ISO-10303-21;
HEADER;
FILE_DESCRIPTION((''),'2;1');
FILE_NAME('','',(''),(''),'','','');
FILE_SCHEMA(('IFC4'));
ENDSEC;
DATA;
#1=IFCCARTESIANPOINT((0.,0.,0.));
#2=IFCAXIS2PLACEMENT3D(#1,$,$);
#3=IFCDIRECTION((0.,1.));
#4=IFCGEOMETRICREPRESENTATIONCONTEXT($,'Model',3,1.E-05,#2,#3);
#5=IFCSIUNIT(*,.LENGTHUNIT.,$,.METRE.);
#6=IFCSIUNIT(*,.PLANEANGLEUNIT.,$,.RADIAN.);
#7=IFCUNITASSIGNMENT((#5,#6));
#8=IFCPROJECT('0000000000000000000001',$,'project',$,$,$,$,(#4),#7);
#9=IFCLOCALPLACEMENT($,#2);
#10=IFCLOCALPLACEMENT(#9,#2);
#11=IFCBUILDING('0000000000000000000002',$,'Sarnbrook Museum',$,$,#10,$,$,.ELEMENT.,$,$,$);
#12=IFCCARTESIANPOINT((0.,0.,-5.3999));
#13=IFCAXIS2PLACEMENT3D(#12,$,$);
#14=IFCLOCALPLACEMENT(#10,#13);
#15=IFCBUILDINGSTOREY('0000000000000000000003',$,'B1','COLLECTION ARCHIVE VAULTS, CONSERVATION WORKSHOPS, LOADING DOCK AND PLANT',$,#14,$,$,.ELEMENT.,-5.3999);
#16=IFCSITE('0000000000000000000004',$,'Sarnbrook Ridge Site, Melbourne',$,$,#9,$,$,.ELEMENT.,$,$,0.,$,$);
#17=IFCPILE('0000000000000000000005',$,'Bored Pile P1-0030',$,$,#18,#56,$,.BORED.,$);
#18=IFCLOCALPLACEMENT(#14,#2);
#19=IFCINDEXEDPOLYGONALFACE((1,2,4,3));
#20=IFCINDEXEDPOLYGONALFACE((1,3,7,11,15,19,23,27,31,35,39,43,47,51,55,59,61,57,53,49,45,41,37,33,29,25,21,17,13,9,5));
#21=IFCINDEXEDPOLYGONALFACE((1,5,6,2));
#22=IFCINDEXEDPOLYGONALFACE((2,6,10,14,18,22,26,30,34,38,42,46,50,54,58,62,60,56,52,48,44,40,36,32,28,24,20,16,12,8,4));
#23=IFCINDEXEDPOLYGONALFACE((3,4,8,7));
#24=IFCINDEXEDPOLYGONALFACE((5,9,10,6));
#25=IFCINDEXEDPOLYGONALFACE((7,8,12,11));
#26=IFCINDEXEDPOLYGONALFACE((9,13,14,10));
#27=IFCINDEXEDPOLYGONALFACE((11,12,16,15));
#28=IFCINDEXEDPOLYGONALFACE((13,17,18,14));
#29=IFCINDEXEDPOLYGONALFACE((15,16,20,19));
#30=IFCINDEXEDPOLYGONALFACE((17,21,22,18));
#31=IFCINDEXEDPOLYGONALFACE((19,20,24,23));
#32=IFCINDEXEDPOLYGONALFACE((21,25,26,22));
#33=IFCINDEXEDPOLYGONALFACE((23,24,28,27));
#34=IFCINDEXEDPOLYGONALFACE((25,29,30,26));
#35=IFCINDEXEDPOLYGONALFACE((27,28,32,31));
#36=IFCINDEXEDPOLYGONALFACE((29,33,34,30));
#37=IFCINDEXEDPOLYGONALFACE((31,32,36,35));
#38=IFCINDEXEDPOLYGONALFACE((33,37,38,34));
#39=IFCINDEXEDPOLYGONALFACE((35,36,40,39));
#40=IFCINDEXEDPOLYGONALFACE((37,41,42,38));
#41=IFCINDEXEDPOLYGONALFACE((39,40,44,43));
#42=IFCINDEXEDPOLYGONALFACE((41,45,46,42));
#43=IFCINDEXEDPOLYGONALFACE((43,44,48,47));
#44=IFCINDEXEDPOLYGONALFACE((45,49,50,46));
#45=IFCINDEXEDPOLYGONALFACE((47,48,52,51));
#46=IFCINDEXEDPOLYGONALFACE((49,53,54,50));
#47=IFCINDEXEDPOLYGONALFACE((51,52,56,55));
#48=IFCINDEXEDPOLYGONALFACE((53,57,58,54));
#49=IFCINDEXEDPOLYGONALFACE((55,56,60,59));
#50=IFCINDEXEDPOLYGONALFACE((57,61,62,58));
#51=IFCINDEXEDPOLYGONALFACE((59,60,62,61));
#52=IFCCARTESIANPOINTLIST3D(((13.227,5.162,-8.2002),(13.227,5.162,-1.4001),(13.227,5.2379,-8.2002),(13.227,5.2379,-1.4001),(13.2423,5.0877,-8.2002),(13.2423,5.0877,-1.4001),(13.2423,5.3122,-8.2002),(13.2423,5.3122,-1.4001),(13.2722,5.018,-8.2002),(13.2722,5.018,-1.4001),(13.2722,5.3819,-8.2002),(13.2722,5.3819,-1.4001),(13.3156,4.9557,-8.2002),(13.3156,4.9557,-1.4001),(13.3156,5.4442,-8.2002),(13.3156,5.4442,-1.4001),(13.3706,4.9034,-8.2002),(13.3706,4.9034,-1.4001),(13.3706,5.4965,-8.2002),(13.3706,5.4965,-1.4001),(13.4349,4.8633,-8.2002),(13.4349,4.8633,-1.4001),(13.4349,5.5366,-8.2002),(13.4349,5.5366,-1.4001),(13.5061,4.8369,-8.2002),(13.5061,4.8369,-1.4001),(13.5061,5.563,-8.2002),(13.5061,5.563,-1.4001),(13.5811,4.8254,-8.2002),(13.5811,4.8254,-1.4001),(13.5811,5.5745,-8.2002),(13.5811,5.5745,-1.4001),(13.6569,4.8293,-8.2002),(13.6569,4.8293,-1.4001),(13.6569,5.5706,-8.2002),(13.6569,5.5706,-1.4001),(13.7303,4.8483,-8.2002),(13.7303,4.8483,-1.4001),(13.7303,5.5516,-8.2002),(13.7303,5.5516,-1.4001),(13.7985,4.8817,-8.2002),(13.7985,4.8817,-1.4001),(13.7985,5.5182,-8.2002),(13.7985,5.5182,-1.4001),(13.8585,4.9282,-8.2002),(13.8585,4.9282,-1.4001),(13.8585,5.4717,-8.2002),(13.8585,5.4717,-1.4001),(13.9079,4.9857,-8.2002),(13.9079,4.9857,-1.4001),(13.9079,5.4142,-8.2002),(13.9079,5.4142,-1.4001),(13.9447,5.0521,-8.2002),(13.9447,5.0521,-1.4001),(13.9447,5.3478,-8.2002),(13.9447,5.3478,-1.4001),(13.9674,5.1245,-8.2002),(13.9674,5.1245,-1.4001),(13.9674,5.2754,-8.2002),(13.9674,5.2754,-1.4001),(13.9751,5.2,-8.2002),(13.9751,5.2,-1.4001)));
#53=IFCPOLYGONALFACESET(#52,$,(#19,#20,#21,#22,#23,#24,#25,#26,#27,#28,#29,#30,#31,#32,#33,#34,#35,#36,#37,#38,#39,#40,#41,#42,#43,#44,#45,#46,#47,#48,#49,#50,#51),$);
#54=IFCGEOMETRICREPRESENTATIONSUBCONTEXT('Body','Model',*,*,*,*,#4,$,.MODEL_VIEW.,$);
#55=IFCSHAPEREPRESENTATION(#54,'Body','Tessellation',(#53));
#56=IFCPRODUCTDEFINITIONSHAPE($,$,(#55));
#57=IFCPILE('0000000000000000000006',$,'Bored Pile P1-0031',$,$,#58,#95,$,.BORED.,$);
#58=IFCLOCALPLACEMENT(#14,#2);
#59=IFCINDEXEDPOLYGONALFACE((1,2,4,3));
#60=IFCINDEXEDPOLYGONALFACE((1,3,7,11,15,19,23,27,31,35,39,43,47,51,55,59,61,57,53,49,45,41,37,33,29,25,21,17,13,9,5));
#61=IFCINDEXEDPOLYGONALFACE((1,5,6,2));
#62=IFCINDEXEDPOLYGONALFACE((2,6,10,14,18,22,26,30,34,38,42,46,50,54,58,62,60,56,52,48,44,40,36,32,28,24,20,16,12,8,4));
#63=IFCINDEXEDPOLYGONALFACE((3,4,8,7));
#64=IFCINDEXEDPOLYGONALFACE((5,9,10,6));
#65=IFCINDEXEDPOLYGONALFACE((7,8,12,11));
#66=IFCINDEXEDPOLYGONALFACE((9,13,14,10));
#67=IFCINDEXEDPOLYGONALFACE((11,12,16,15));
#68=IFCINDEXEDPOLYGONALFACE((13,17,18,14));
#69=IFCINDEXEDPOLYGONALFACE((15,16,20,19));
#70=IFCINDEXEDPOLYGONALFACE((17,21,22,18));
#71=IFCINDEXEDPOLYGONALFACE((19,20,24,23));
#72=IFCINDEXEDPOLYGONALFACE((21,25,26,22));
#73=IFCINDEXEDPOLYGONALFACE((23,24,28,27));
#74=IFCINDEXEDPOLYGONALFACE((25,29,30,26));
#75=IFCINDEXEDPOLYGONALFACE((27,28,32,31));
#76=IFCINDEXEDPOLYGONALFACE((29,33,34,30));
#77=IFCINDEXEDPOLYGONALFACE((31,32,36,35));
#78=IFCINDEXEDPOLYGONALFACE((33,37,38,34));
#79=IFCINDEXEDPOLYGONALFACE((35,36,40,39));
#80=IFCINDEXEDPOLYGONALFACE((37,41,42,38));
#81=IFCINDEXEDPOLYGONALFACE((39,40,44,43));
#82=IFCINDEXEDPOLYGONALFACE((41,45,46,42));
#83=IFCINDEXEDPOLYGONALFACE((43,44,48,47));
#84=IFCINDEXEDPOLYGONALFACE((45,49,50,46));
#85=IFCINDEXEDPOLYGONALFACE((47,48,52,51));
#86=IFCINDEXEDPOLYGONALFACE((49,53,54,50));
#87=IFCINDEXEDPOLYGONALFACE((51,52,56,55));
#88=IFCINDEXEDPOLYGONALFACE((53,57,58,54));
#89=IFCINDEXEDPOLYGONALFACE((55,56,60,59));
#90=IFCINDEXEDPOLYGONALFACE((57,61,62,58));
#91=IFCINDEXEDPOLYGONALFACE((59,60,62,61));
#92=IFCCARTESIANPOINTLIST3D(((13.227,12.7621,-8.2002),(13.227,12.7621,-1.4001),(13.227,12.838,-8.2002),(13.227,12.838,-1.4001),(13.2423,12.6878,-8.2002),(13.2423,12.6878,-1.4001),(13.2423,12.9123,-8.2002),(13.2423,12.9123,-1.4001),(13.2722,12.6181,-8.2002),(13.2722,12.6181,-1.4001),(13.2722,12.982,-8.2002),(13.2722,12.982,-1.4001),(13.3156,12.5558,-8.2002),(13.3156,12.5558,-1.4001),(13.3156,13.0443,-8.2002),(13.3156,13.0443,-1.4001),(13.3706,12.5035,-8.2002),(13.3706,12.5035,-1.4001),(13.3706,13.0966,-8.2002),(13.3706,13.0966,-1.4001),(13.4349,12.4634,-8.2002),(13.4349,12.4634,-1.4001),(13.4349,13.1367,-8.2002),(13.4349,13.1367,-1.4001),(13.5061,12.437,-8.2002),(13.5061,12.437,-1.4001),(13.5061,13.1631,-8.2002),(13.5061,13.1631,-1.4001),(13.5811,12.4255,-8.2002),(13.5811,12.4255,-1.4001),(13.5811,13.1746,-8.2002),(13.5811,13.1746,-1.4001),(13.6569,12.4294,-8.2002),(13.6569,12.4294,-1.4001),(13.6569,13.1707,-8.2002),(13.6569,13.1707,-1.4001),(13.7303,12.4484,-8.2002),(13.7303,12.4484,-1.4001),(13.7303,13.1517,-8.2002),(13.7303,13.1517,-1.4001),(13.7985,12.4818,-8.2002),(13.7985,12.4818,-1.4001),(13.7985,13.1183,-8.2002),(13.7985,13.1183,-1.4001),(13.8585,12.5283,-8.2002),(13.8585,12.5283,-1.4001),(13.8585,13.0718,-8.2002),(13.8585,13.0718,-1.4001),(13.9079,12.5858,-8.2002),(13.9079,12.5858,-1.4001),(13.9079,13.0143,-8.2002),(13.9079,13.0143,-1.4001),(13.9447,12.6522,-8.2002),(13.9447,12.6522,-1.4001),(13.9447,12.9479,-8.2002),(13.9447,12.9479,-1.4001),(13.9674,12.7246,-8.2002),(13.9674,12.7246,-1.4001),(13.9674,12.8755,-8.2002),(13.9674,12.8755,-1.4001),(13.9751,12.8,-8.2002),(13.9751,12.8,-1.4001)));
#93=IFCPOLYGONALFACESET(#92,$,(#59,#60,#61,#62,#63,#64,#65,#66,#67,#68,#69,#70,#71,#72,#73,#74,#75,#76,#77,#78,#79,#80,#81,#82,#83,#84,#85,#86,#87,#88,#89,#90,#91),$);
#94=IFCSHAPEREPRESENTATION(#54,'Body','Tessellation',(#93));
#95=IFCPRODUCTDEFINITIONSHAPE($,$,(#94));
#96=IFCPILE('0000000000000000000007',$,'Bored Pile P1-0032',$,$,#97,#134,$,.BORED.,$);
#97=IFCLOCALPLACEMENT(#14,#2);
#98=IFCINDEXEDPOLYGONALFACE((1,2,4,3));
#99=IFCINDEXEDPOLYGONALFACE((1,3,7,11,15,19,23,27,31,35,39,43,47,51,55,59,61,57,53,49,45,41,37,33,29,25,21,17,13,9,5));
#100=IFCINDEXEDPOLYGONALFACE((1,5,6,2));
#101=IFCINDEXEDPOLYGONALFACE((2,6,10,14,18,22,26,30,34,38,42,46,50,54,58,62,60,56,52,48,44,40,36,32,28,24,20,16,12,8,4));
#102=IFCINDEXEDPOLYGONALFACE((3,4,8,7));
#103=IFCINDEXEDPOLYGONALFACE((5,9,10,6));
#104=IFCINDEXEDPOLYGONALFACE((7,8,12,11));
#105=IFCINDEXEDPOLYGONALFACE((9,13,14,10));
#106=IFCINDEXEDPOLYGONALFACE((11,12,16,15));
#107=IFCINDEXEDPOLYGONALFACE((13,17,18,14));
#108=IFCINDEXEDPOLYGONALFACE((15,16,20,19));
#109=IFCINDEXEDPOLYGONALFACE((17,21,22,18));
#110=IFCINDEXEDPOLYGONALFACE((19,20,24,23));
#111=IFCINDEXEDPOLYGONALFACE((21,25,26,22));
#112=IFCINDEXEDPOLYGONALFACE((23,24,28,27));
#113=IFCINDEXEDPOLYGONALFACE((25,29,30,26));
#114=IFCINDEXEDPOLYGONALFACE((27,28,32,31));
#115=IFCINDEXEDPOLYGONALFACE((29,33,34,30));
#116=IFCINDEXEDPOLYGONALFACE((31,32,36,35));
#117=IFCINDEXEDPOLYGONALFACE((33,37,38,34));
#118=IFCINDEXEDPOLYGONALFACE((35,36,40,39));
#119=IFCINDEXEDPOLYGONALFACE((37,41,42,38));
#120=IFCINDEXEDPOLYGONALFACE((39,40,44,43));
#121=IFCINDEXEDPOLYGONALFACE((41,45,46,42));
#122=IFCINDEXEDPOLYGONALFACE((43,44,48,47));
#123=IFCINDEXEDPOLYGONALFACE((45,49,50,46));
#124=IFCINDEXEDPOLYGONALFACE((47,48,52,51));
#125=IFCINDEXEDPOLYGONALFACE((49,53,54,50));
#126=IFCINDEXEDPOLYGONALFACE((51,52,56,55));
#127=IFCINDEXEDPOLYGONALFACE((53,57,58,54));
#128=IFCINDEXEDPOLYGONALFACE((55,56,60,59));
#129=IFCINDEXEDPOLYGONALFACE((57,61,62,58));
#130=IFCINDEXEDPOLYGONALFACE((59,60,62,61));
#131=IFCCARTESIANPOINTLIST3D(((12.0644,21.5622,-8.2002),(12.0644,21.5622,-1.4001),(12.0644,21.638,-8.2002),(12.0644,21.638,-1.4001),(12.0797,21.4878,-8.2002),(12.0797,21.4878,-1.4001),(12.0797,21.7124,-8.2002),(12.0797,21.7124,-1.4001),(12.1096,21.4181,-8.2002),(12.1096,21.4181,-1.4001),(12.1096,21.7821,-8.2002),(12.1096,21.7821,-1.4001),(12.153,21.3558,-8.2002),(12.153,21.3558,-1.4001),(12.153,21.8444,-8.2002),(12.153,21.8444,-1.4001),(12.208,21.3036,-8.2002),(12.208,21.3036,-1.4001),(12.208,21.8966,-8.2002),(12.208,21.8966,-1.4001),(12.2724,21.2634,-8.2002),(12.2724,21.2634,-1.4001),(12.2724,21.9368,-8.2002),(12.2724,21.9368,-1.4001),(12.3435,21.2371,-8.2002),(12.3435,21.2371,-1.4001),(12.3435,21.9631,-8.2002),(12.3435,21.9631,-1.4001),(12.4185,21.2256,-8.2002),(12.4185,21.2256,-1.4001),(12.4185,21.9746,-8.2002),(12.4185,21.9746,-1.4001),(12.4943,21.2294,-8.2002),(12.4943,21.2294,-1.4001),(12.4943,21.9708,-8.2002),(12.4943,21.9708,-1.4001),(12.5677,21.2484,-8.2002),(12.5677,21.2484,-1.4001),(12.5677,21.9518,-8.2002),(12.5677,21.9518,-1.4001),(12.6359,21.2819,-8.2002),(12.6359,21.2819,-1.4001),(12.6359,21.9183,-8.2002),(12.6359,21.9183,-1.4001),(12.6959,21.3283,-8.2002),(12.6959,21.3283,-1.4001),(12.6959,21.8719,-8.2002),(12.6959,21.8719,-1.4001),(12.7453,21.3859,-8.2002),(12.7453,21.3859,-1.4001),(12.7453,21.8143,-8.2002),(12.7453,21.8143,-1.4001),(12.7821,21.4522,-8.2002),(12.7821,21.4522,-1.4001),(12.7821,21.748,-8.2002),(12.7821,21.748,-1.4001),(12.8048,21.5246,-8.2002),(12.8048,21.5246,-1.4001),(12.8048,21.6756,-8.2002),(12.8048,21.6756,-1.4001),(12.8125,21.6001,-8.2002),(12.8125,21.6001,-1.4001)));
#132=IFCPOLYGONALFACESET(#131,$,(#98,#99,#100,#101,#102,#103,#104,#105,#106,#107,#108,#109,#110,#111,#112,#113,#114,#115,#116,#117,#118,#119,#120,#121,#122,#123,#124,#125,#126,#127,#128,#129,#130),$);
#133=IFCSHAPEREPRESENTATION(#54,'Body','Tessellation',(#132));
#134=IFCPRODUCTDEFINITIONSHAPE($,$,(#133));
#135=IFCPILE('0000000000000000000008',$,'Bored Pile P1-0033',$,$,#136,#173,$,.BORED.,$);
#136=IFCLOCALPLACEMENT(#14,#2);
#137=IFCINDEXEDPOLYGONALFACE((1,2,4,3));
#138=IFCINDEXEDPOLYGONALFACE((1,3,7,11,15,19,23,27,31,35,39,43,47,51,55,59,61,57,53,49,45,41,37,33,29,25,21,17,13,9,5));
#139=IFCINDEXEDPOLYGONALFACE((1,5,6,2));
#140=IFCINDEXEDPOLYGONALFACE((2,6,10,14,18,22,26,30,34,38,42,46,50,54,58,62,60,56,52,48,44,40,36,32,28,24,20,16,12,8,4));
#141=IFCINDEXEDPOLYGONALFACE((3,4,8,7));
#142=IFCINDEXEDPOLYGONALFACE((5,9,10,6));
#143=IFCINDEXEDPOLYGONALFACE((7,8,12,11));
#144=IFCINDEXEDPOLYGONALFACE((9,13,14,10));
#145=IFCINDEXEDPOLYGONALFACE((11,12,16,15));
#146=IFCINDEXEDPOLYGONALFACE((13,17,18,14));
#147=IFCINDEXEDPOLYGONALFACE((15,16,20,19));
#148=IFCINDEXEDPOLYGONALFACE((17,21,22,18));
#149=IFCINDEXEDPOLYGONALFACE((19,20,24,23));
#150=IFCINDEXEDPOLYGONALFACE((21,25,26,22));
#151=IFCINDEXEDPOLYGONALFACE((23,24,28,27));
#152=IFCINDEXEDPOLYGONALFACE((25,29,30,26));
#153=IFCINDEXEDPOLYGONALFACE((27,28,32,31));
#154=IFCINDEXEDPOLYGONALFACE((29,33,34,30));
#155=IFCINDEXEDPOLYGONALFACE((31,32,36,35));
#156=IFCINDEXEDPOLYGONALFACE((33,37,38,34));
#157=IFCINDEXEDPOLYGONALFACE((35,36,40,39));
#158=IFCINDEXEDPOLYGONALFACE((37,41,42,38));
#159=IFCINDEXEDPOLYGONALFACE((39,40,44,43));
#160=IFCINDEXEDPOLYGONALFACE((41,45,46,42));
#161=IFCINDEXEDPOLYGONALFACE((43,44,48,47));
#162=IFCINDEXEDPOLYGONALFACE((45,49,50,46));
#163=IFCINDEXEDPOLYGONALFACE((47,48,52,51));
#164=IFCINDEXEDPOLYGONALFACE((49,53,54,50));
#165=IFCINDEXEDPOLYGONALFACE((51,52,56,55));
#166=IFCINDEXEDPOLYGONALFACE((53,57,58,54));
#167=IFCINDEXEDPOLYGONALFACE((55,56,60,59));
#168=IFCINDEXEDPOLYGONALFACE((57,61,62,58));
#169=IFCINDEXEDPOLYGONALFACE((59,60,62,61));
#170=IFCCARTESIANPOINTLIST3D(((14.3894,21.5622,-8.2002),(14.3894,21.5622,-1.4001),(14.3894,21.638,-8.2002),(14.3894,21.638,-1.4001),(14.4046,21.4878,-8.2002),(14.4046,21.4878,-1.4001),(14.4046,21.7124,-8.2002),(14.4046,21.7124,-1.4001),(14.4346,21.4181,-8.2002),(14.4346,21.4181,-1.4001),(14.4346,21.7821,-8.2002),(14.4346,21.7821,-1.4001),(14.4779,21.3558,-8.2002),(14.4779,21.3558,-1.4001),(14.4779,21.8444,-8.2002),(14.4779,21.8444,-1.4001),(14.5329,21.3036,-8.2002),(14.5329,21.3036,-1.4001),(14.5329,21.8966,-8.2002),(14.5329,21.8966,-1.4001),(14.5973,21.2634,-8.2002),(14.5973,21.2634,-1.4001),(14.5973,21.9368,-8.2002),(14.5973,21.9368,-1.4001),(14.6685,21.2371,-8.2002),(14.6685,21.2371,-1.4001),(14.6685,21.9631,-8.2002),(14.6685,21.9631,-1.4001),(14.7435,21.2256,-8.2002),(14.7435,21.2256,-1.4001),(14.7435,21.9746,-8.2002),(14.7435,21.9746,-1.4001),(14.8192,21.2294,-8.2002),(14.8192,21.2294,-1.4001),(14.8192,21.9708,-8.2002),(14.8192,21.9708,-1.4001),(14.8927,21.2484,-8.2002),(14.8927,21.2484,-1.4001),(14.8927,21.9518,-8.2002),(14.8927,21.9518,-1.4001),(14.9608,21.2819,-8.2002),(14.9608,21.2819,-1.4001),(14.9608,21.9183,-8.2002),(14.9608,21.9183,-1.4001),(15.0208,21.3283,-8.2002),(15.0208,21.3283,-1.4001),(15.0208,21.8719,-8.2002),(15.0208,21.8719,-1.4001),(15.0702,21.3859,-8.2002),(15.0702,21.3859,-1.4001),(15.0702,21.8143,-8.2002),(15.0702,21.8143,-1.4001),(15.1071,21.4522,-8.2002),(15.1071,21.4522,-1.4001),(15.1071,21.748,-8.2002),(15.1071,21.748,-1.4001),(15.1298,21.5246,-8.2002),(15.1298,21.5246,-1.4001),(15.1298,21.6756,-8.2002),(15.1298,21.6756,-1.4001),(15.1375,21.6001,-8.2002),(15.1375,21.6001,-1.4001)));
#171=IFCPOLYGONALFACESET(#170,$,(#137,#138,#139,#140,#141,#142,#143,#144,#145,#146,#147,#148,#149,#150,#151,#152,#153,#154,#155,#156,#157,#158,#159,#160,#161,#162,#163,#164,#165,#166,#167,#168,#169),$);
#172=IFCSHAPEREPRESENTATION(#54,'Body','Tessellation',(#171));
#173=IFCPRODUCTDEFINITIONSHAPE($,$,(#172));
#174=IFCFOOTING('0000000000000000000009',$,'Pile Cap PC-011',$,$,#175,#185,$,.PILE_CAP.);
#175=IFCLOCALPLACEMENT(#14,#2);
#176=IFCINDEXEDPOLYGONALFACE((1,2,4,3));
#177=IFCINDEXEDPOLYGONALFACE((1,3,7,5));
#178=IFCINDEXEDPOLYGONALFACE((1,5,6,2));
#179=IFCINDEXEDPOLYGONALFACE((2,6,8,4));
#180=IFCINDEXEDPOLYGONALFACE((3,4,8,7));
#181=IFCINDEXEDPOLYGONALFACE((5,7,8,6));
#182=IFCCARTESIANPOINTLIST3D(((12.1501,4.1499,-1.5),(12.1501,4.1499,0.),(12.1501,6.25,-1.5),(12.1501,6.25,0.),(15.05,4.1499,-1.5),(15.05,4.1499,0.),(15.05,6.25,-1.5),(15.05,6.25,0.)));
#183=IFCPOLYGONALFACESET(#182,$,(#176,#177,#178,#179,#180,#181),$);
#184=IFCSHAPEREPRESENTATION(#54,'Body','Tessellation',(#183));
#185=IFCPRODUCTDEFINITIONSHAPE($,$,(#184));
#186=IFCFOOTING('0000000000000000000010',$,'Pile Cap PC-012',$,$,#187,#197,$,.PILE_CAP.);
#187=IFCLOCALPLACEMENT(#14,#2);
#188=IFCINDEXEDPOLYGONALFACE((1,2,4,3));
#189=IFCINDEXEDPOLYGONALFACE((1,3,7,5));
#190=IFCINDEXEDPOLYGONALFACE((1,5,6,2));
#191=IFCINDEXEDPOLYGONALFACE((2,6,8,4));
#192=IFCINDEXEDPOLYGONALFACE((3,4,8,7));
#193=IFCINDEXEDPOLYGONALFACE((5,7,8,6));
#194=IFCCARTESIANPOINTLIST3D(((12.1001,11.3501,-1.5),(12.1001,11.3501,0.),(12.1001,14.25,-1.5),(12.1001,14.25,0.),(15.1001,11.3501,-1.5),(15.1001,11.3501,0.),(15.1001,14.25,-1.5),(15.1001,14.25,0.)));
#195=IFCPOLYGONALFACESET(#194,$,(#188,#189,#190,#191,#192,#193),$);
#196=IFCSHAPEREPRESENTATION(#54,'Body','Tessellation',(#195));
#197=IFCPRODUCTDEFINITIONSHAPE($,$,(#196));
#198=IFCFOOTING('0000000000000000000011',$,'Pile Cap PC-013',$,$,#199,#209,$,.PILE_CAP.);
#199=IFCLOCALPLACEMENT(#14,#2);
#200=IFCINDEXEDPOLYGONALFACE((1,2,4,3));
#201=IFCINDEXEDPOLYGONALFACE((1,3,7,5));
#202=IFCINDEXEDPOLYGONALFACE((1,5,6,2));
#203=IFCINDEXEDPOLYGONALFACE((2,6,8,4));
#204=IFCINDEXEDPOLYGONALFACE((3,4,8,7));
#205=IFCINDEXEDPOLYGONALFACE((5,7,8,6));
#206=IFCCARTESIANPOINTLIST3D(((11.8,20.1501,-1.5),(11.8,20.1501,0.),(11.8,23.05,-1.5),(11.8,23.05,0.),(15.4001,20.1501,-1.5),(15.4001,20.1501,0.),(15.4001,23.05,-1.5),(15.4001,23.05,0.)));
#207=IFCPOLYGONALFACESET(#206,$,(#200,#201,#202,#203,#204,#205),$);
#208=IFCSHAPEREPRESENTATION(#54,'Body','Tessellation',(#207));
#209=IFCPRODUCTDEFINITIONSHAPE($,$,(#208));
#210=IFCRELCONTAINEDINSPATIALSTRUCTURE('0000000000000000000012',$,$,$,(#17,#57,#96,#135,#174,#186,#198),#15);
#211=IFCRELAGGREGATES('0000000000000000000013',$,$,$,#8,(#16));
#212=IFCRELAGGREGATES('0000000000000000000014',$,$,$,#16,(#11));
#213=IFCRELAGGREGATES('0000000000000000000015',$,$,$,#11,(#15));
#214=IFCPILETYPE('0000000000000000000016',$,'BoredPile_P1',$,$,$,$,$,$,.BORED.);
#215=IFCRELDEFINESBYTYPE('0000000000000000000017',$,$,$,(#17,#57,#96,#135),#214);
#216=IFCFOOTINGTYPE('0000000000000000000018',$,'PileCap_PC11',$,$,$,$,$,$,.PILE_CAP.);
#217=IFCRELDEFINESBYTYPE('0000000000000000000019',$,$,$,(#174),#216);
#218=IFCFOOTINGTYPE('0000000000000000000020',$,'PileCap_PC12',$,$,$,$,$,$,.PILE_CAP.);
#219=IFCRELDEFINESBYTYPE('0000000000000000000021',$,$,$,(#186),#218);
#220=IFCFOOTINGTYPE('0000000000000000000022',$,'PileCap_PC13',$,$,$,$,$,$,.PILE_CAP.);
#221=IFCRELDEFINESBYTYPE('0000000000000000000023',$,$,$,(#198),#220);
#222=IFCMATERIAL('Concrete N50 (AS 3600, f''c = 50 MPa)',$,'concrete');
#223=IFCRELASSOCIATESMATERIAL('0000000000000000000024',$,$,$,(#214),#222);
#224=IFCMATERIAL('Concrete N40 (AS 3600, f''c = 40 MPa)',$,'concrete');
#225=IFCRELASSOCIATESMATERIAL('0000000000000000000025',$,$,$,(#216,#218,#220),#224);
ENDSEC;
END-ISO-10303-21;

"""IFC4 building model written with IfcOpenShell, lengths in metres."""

from ifc_helpers import new_model, si_unit, direction, frame, origin, origin_2d, place, context, subcontext, project, spatial, rectangle, circle, extrude, material, material_profile, profile_set, type_object, element, save


model = new_model("IFC4")

# Units and contexts
model_context = context("Model", 3, precision=1e-05, world=origin(), true_north=direction((0.0, 1.0)))
body_context = subcontext(model_context, "Body", "Model", "MODEL_VIEW")
ifc_project = project(units=[si_unit("LENGTHUNIT", "METRE"), si_unit("PLANEANGLEUNIT", "RADIAN")], contexts=[model_context])

# Site, building, storey
site_placement = place(None, origin())
site = spatial("IfcSite", under=ifc_project, at=site_placement, Name="Sarnbrook Ridge Site, Melbourne", CompositionType="ELEMENT", RefElevation=0.0)
building_placement = place(site_placement, origin())
building = spatial("IfcBuilding", under=site, at=building_placement, Name="Sarnbrook Museum", CompositionType="ELEMENT")
storey_placement = place(building_placement, frame((0.0, 0.0, -5.3999)))
storey = spatial("IfcBuildingStorey", under=building, at=storey_placement, Name="B1", Description="COLLECTION ARCHIVE VAULTS, CONSERVATION WORKSHOPS, LOADING DOCK AND PLANT", CompositionType="ELEMENT", Elevation=-5.3999)

# Piles
ifc_material_1 = material(Name="Concrete N50 (AS 3600, f'c = 50 MPa)", Category="concrete")
ifc_material_profile_1 = material_profile(ifc_material_1, circle(Radius=0.375, at=origin_2d()), Name="BORED PILE D750")
ifc_profile_set_1 = profile_set([ifc_material_profile_1], Name="Concrete N50 (AS 3600, f'c = 50 MPa)")
pile_type = type_object("IfcPileType", Name="BoredPile_P1", PredefinedType="BORED", material=ifc_profile_set_1)
for number, where, z_axis, x_axis, name in (
    (1, (13.6001, 5.2, -1.4001), (0.0, 0.0, -1.0), (1.0, 0.0, 0.0), "Bored Pile P1-0030"),
    (2, (13.6001, 12.8, -1.4001), (0.0, 0.0, -1.0), (1.0, 0.0, 0.0), "Bored Pile P1-0031"),
    (3, (12.4375, 21.6001, -1.4001), (0.0, 0.0, -1.0), (1.0, 0.0, 0.0), "Bored Pile P1-0032"),
    (4, (14.7625, 21.6001, -1.4001), (0.0, 0.0, -1.0), (1.0, 0.0, 0.0), "Bored Pile P1-0033"),
):
    element("IfcPile", number, at=place(storey_placement, frame(where, z_axis=z_axis, x_axis=x_axis)), inside=storey, type_object=pile_type, Name=name, PredefinedType="BORED", context=body_context, shape_type="SweptSolid", body=[
        extrude(circle(Radius=0.375, at=origin_2d()), origin(), (0.0, 0.0, 1.0), 6.8),
    ])

# Footings
ifc_material_2 = material(Name="Concrete N40 (AS 3600, f'c = 40 MPa)", Category="concrete")
footing_type_1 = type_object("IfcFootingType", Name="PileCap_PC11", PredefinedType="PILE_CAP", material=ifc_material_2)
footing_1_placement = place(storey_placement, frame((13.6001, 5.2, -1.5), z_axis=(0.0, 0.0, 1.0), x_axis=(1.0, 0.0, 0.0)))
element("IfcFooting", 5, at=footing_1_placement, inside=storey, type_object=footing_type_1, Name="Pile Cap PC-011", PredefinedType="PILE_CAP", context=body_context, shape_type="SweptSolid", body=[
    extrude(rectangle(XDim=2.8999, YDim=2.1001, at=origin_2d()), origin(), (0.0, 0.0, 1.0), 1.5),
])
footing_type_2 = type_object("IfcFootingType", Name="PileCap_PC12", PredefinedType="PILE_CAP", material=ifc_material_2)
footing_2_placement = place(storey_placement, frame((13.6001, 12.8, -1.5), z_axis=(0.0, 0.0, 1.0), x_axis=(1.0, 0.0, 0.0)))
element("IfcFooting", 6, at=footing_2_placement, inside=storey, type_object=footing_type_2, Name="Pile Cap PC-012", PredefinedType="PILE_CAP", context=body_context, shape_type="SweptSolid", body=[
    extrude(rectangle(XDim=3.0, YDim=2.8999, at=origin_2d()), origin(), (0.0, 0.0, 1.0), 1.5),
])
footing_type_3 = type_object("IfcFootingType", Name="PileCap_PC13", PredefinedType="PILE_CAP", material=ifc_material_2)
footing_3_placement = place(storey_placement, frame((13.6001, 21.6001, -1.5), z_axis=(0.0, 0.0, 1.0), x_axis=(1.0, 0.0, 0.0)))
element("IfcFooting", 7, at=footing_3_placement, inside=storey, type_object=footing_type_3, Name="Pile Cap PC-013", PredefinedType="PILE_CAP", context=body_context, shape_type="SweptSolid", body=[
    extrude(rectangle(XDim=3.6001, YDim=2.8999, at=origin_2d()), origin(), (0.0, 0.0, 1.0), 1.5),
])

save(model, "model.ifc")
